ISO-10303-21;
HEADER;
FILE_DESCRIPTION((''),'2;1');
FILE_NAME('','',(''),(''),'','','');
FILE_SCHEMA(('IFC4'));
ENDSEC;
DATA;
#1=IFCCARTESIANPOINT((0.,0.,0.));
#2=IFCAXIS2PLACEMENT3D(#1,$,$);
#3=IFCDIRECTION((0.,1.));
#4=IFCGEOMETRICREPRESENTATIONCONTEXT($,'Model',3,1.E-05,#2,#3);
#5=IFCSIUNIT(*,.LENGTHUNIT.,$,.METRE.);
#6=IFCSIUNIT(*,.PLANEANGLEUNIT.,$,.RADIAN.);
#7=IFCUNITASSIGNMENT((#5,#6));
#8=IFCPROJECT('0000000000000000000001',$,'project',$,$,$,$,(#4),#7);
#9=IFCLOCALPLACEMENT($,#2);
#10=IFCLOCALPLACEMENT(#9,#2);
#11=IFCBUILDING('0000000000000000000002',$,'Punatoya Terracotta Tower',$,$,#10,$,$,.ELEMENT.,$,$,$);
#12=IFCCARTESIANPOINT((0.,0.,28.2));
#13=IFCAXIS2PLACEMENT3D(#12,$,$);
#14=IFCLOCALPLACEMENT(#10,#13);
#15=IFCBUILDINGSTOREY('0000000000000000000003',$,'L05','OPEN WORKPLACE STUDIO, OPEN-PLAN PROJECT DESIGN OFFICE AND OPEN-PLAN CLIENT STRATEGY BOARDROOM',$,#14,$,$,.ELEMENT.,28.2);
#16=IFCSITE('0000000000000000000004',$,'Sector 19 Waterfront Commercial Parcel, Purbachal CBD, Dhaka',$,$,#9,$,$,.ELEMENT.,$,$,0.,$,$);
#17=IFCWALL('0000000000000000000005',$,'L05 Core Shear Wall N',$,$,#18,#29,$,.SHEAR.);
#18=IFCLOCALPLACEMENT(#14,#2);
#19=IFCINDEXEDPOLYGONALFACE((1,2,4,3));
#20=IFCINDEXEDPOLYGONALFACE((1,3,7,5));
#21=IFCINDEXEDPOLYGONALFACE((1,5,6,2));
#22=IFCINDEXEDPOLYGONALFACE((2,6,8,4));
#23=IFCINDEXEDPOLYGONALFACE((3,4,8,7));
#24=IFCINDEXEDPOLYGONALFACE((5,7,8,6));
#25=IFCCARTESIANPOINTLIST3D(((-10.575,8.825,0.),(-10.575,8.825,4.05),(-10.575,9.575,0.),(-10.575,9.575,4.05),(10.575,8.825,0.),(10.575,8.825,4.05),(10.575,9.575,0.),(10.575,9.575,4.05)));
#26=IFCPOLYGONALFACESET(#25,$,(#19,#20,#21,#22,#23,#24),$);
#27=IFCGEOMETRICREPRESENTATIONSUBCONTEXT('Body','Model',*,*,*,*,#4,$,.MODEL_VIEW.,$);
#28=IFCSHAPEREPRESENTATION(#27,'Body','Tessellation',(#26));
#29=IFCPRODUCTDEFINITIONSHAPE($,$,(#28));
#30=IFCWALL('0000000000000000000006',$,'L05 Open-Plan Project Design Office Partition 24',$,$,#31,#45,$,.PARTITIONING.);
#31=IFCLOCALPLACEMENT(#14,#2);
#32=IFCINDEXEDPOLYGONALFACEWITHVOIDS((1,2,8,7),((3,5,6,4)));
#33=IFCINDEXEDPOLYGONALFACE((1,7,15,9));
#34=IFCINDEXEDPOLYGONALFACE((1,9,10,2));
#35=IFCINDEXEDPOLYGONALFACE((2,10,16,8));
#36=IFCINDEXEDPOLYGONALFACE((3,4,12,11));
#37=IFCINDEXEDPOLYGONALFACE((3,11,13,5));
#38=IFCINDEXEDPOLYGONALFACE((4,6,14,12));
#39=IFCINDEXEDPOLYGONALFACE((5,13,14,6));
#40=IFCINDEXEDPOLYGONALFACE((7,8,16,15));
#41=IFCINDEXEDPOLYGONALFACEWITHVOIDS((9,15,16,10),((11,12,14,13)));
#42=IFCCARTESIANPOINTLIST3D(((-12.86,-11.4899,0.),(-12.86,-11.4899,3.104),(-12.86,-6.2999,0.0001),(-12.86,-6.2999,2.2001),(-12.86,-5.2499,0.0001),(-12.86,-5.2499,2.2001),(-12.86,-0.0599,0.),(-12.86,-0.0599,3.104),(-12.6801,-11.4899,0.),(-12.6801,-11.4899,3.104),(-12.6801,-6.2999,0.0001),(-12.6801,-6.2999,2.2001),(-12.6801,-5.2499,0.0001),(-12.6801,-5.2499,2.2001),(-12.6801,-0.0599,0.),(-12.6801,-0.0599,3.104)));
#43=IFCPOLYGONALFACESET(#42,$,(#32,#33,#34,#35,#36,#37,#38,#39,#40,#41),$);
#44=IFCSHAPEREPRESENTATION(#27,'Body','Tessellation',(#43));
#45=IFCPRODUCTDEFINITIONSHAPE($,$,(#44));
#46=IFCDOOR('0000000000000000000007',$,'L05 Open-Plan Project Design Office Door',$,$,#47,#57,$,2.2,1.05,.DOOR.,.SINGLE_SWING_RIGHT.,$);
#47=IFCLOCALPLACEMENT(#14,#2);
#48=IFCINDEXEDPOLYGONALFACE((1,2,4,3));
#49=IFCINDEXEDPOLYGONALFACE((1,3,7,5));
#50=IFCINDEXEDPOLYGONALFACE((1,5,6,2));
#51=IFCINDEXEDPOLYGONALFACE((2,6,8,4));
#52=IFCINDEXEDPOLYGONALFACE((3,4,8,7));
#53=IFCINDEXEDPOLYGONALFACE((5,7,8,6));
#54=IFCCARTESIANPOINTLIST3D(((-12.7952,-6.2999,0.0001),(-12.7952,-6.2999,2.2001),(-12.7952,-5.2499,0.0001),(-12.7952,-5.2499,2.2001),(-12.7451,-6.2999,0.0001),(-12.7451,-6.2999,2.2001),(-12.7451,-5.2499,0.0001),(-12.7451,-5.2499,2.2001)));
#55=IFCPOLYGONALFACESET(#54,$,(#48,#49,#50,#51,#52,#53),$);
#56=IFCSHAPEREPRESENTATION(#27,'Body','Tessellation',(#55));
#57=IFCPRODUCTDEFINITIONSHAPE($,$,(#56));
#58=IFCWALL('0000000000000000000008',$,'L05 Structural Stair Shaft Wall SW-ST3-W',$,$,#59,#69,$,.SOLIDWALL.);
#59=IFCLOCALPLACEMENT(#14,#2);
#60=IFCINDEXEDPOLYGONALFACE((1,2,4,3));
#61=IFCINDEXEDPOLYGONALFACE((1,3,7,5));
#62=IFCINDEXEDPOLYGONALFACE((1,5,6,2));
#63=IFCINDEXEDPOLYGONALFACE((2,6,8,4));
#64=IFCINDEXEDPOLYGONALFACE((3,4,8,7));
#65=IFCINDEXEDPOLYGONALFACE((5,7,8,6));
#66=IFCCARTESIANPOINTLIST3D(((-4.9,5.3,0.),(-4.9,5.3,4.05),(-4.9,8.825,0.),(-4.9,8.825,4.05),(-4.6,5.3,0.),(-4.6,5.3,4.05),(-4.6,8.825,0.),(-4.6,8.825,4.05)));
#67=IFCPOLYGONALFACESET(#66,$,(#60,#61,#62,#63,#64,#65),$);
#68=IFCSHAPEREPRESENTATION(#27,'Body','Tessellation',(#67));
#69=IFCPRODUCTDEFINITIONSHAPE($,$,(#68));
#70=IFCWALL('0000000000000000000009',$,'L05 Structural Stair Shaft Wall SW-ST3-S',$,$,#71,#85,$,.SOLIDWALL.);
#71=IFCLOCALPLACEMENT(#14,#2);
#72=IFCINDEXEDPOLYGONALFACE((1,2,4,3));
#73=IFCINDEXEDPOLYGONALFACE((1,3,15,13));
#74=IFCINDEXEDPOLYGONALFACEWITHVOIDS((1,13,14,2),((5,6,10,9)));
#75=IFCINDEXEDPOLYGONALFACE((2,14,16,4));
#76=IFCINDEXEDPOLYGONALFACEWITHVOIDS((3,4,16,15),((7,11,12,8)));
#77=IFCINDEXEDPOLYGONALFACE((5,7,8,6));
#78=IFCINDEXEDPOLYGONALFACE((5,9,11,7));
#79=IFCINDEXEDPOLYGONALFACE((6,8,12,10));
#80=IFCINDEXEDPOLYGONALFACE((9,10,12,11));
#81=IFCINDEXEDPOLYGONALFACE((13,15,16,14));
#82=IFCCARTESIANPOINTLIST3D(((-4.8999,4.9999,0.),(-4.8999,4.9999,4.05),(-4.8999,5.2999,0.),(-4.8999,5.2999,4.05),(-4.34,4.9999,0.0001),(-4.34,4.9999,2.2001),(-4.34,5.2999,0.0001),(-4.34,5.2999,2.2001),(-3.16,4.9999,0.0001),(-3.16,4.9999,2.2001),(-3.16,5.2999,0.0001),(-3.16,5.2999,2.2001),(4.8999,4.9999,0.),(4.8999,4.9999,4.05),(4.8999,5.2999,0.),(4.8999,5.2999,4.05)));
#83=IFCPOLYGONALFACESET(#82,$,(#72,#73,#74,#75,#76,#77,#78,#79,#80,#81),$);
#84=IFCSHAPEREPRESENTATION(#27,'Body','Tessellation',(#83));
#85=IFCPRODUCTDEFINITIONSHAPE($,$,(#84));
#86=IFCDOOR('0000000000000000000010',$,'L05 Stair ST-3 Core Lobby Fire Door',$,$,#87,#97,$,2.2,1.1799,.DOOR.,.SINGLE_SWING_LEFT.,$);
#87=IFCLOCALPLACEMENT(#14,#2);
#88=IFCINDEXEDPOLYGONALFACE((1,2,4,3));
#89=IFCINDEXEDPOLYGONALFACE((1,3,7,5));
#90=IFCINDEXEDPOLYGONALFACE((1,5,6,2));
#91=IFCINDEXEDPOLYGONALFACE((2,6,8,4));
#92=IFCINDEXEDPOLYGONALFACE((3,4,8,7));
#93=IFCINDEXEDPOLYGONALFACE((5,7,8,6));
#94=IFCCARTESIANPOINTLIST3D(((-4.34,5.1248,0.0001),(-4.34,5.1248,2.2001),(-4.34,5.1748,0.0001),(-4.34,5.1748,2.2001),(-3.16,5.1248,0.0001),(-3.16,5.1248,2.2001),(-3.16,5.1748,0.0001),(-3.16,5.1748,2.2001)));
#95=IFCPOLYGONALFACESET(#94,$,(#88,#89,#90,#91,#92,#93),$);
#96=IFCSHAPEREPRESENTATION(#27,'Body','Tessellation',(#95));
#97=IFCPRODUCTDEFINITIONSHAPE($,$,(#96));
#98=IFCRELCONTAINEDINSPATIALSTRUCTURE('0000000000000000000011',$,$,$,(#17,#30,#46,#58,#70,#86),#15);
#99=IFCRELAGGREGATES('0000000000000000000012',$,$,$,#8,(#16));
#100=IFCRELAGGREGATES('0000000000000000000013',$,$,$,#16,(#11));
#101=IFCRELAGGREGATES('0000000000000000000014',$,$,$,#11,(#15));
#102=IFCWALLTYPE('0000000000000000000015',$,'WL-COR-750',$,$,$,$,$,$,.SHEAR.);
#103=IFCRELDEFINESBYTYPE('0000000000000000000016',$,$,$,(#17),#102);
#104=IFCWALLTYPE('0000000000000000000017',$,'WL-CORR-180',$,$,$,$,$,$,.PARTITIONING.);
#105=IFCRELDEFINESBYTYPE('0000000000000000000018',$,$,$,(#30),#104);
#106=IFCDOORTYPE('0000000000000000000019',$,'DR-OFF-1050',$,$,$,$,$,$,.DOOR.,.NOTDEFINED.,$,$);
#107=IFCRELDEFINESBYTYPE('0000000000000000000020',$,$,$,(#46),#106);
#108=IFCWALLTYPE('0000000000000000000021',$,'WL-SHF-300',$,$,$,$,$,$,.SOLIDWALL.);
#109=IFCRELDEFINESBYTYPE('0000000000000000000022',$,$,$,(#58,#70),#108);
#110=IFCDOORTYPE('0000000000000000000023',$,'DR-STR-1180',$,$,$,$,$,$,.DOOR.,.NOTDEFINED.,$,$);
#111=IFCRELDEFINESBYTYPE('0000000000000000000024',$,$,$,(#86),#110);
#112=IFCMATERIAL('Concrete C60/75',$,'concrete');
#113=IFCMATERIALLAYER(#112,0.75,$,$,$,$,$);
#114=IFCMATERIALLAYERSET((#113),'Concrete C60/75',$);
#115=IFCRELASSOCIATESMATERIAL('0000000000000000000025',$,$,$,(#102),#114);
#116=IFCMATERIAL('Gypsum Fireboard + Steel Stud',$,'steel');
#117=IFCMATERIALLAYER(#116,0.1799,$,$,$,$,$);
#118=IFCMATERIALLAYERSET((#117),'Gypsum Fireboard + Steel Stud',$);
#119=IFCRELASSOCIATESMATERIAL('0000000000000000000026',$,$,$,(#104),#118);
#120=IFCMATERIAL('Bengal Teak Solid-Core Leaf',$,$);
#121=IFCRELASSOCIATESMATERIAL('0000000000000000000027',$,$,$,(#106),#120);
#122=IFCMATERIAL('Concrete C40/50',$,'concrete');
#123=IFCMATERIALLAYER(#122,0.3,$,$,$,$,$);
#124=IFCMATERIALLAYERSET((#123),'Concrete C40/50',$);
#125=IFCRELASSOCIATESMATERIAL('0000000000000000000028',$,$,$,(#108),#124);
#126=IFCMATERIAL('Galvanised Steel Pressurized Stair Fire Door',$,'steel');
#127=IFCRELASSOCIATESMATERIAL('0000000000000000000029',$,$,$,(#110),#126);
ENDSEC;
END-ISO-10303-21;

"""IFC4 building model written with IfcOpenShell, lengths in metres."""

from ifc_helpers import new_model, si_unit, direction, frame, frame_2d, origin, place, context, subcontext, project, spatial, rectangle, extrude, material, layer, layer_set, type_object, element, fill, save


model = new_model("IFC4")

# Units and contexts
model_context = context("Model", 3, precision=1e-05, world=origin(), true_north=direction((0.0, 1.0)))
body_context = subcontext(model_context, "Body", "Model", "MODEL_VIEW")
ifc_project = project(units=[si_unit("LENGTHUNIT", "METRE"), si_unit("PLANEANGLEUNIT", "RADIAN")], contexts=[model_context])

# Site, building, storey
site_placement = place(None, origin())
site = spatial("IfcSite", under=ifc_project, at=site_placement, Name="Sector 19 Waterfront Commercial Parcel, Purbachal CBD, Dhaka", CompositionType="ELEMENT", RefElevation=0.0)
building_placement = place(site_placement, origin())
building = spatial("IfcBuilding", under=site, at=building_placement, Name="Punatoya Terracotta Tower", CompositionType="ELEMENT")
storey_placement = place(building_placement, frame((0.0, 0.0, 28.2)))
storey = spatial("IfcBuildingStorey", under=building, at=storey_placement, Name="L05", Description="OPEN WORKPLACE STUDIO, OPEN-PLAN PROJECT DESIGN OFFICE AND OPEN-PLAN CLIENT STRATEGY BOARDROOM", CompositionType="ELEMENT", Elevation=28.2)

# Shared definitions
ifc_material_1 = material(Name="Concrete C60/75", Category="concrete")

# Wall
ifc_layer_1 = layer(ifc_material_1, 0.75)
ifc_layer_set_1 = layer_set([ifc_layer_1], Name="Concrete C60/75")
wall_type_1 = type_object("IfcWallType", Name="WL-COR-750", PredefinedType="SHEAR", material=ifc_layer_set_1)
wall_1_placement = place(storey_placement, frame((-10.575, 9.2, 0.0), z_axis=(0.0, 0.0, 1.0), x_axis=(1.0, 0.0, 0.0)))
element("IfcWall", 1, at=wall_1_placement, inside=storey, type_object=wall_type_1, Name="L05 Core Shear Wall N", PredefinedType="SHEAR", context=body_context, shape_type="SweptSolid", body=[
    extrude(rectangle(XDim=21.1499, YDim=0.75, at=frame_2d((10.575, 0.0))), origin(), (0.0, 0.0, 1.0), 4.05),
])

# Wall, opening, door
ifc_material_2 = material(Name="Gypsum Fireboard + Steel Stud", Category="steel")
ifc_layer_2 = layer(ifc_material_2, 0.1799)
ifc_layer_set_2 = layer_set([ifc_layer_2], Name="Gypsum Fireboard + Steel Stud")
wall_type_2 = type_object("IfcWallType", Name="WL-CORR-180", PredefinedType="PARTITIONING", material=ifc_layer_set_2)
wall_2_placement = place(storey_placement, frame((-12.77, -0.0601, 0.0), z_axis=(0.0, 0.0, 1.0), x_axis=(0.0, -1.0, 0.0)))
wall_2 = element("IfcWall", 2, at=wall_2_placement, inside=storey, type_object=wall_type_2, Name="L05 Open-Plan Project Design Office Partition 24", PredefinedType="PARTITIONING", context=body_context, shape_type="SweptSolid", body=[
    extrude(rectangle(XDim=11.4299, YDim=0.1799, at=frame_2d((5.7148, 0.0))), origin(), (0.0, 0.0, 1.0), 3.104),
])
opening_1_placement = place(wall_2_placement, frame((5.1899, 0.0, 0.0)))
opening_1 = element("IfcOpeningElement", 3, at=opening_1_placement, cuts=wall_2, PredefinedType="OPENING", context=body_context, shape_type="SweptSolid", body=[
    extrude(rectangle(XDim=1.05, YDim=2.2, at=frame_2d((0.5249, 1.1001))), frame((0.0, 0.0999, 0.0), z_axis=(0.0, -1.0, 0.0), x_axis=(1.0, 0.0, 0.0)), (0.0, 0.0, 1.0), 0.2),
])
ifc_material_3 = material(Name="Bengal Teak Solid-Core Leaf")
door_type_1 = type_object("IfcDoorType", Name="DR-OFF-1050", OperationType="NOTDEFINED", PredefinedType="DOOR", material=ifc_material_3)
door_1_placement = place(opening_1_placement, origin())
door_1 = element("IfcDoor", 4, at=door_1_placement, inside=storey, type_object=door_type_1, Name="L05 Open-Plan Project Design Office Door", OperationType="SINGLE_SWING_RIGHT", OverallHeight=2.2, OverallWidth=1.05, PredefinedType="DOOR", context=body_context, shape_type="SweptSolid", body=[
    extrude(rectangle(XDim=1.05, YDim=2.2, at=frame_2d((0.5249, 1.1001))), frame((0.0, 0.0249, 0.0), z_axis=(0.0, -1.0, 0.0), x_axis=(1.0, 0.0, 0.0)), (0.0, 0.0, 1.0), 0.05),
])
fill(opening_1, door_1)

# Wall
ifc_material_4 = material(Name="Concrete C40/50", Category="concrete")
ifc_layer_3 = layer(ifc_material_4, 0.3)
ifc_layer_set_3 = layer_set([ifc_layer_3], Name="Concrete C40/50")
wall_type_3 = type_object("IfcWallType", Name="WL-SHF-300", PredefinedType="SOLIDWALL", material=ifc_layer_set_3)
wall_3_placement = place(storey_placement, frame((-4.75, 5.3, 0.0), z_axis=(0.0, 0.0, 1.0), x_axis=(0.0, 1.0, 0.0)))
element("IfcWall", 5, at=wall_3_placement, inside=storey, type_object=wall_type_3, Name="L05 Structural Stair Shaft Wall SW-ST3-W", PredefinedType="SOLIDWALL", context=body_context, shape_type="SweptSolid", body=[
    extrude(rectangle(XDim=3.5249, YDim=0.3, at=frame_2d((1.7625, 0.0))), origin(), (0.0, 0.0, 1.0), 4.05),
])

# Wall, opening, door
wall_4_placement = place(storey_placement, frame((-4.8999, 5.1499, 0.0), z_axis=(0.0, 0.0, 1.0), x_axis=(1.0, 0.0, 0.0)))
wall_4 = element("IfcWall", 6, at=wall_4_placement, inside=storey, type_object=wall_type_3, Name="L05 Structural Stair Shaft Wall SW-ST3-S", PredefinedType="SOLIDWALL", context=body_context, shape_type="SweptSolid", body=[
    extrude(rectangle(XDim=9.7998, YDim=0.3, at=frame_2d((4.8999, 0.0))), origin(), (0.0, 0.0, 1.0), 4.05),
])
opening_2_placement = place(wall_4_placement, frame((0.5601, 0.0, 0.0)))
opening_2 = element("IfcOpeningElement", 7, at=opening_2_placement, cuts=wall_4, PredefinedType="OPENING", context=body_context, shape_type="SweptSolid", body=[
    extrude(rectangle(XDim=1.1799, YDim=2.2, at=frame_2d((0.5898, 1.1001))), frame((0.0, 0.1599, 0.0), z_axis=(0.0, -1.0, 0.0), x_axis=(1.0, 0.0, 0.0)), (0.0, 0.0, 1.0), 0.3201),
])
ifc_material_5 = material(Name="Galvanised Steel Pressurized Stair Fire Door", Category="steel")
door_type_2 = type_object("IfcDoorType", Name="DR-STR-1180", OperationType="NOTDEFINED", PredefinedType="DOOR", material=ifc_material_5)
door_2_placement = place(opening_2_placement, origin())
door_2 = element("IfcDoor", 8, at=door_2_placement, inside=storey, type_object=door_type_2, Name="L05 Stair ST-3 Core Lobby Fire Door", OperationType="SINGLE_SWING_LEFT", OverallHeight=2.2, OverallWidth=1.1799, PredefinedType="DOOR", context=body_context, shape_type="SweptSolid", body=[
    extrude(rectangle(XDim=1.1799, YDim=2.2, at=frame_2d((0.5898, 1.1001))), frame((0.0, 0.0249, 0.0), z_axis=(0.0, -1.0, 0.0), x_axis=(1.0, 0.0, 0.0)), (0.0, 0.0, 1.0), 0.05),
])
fill(opening_2, door_2)

save(model, "model.ifc")
